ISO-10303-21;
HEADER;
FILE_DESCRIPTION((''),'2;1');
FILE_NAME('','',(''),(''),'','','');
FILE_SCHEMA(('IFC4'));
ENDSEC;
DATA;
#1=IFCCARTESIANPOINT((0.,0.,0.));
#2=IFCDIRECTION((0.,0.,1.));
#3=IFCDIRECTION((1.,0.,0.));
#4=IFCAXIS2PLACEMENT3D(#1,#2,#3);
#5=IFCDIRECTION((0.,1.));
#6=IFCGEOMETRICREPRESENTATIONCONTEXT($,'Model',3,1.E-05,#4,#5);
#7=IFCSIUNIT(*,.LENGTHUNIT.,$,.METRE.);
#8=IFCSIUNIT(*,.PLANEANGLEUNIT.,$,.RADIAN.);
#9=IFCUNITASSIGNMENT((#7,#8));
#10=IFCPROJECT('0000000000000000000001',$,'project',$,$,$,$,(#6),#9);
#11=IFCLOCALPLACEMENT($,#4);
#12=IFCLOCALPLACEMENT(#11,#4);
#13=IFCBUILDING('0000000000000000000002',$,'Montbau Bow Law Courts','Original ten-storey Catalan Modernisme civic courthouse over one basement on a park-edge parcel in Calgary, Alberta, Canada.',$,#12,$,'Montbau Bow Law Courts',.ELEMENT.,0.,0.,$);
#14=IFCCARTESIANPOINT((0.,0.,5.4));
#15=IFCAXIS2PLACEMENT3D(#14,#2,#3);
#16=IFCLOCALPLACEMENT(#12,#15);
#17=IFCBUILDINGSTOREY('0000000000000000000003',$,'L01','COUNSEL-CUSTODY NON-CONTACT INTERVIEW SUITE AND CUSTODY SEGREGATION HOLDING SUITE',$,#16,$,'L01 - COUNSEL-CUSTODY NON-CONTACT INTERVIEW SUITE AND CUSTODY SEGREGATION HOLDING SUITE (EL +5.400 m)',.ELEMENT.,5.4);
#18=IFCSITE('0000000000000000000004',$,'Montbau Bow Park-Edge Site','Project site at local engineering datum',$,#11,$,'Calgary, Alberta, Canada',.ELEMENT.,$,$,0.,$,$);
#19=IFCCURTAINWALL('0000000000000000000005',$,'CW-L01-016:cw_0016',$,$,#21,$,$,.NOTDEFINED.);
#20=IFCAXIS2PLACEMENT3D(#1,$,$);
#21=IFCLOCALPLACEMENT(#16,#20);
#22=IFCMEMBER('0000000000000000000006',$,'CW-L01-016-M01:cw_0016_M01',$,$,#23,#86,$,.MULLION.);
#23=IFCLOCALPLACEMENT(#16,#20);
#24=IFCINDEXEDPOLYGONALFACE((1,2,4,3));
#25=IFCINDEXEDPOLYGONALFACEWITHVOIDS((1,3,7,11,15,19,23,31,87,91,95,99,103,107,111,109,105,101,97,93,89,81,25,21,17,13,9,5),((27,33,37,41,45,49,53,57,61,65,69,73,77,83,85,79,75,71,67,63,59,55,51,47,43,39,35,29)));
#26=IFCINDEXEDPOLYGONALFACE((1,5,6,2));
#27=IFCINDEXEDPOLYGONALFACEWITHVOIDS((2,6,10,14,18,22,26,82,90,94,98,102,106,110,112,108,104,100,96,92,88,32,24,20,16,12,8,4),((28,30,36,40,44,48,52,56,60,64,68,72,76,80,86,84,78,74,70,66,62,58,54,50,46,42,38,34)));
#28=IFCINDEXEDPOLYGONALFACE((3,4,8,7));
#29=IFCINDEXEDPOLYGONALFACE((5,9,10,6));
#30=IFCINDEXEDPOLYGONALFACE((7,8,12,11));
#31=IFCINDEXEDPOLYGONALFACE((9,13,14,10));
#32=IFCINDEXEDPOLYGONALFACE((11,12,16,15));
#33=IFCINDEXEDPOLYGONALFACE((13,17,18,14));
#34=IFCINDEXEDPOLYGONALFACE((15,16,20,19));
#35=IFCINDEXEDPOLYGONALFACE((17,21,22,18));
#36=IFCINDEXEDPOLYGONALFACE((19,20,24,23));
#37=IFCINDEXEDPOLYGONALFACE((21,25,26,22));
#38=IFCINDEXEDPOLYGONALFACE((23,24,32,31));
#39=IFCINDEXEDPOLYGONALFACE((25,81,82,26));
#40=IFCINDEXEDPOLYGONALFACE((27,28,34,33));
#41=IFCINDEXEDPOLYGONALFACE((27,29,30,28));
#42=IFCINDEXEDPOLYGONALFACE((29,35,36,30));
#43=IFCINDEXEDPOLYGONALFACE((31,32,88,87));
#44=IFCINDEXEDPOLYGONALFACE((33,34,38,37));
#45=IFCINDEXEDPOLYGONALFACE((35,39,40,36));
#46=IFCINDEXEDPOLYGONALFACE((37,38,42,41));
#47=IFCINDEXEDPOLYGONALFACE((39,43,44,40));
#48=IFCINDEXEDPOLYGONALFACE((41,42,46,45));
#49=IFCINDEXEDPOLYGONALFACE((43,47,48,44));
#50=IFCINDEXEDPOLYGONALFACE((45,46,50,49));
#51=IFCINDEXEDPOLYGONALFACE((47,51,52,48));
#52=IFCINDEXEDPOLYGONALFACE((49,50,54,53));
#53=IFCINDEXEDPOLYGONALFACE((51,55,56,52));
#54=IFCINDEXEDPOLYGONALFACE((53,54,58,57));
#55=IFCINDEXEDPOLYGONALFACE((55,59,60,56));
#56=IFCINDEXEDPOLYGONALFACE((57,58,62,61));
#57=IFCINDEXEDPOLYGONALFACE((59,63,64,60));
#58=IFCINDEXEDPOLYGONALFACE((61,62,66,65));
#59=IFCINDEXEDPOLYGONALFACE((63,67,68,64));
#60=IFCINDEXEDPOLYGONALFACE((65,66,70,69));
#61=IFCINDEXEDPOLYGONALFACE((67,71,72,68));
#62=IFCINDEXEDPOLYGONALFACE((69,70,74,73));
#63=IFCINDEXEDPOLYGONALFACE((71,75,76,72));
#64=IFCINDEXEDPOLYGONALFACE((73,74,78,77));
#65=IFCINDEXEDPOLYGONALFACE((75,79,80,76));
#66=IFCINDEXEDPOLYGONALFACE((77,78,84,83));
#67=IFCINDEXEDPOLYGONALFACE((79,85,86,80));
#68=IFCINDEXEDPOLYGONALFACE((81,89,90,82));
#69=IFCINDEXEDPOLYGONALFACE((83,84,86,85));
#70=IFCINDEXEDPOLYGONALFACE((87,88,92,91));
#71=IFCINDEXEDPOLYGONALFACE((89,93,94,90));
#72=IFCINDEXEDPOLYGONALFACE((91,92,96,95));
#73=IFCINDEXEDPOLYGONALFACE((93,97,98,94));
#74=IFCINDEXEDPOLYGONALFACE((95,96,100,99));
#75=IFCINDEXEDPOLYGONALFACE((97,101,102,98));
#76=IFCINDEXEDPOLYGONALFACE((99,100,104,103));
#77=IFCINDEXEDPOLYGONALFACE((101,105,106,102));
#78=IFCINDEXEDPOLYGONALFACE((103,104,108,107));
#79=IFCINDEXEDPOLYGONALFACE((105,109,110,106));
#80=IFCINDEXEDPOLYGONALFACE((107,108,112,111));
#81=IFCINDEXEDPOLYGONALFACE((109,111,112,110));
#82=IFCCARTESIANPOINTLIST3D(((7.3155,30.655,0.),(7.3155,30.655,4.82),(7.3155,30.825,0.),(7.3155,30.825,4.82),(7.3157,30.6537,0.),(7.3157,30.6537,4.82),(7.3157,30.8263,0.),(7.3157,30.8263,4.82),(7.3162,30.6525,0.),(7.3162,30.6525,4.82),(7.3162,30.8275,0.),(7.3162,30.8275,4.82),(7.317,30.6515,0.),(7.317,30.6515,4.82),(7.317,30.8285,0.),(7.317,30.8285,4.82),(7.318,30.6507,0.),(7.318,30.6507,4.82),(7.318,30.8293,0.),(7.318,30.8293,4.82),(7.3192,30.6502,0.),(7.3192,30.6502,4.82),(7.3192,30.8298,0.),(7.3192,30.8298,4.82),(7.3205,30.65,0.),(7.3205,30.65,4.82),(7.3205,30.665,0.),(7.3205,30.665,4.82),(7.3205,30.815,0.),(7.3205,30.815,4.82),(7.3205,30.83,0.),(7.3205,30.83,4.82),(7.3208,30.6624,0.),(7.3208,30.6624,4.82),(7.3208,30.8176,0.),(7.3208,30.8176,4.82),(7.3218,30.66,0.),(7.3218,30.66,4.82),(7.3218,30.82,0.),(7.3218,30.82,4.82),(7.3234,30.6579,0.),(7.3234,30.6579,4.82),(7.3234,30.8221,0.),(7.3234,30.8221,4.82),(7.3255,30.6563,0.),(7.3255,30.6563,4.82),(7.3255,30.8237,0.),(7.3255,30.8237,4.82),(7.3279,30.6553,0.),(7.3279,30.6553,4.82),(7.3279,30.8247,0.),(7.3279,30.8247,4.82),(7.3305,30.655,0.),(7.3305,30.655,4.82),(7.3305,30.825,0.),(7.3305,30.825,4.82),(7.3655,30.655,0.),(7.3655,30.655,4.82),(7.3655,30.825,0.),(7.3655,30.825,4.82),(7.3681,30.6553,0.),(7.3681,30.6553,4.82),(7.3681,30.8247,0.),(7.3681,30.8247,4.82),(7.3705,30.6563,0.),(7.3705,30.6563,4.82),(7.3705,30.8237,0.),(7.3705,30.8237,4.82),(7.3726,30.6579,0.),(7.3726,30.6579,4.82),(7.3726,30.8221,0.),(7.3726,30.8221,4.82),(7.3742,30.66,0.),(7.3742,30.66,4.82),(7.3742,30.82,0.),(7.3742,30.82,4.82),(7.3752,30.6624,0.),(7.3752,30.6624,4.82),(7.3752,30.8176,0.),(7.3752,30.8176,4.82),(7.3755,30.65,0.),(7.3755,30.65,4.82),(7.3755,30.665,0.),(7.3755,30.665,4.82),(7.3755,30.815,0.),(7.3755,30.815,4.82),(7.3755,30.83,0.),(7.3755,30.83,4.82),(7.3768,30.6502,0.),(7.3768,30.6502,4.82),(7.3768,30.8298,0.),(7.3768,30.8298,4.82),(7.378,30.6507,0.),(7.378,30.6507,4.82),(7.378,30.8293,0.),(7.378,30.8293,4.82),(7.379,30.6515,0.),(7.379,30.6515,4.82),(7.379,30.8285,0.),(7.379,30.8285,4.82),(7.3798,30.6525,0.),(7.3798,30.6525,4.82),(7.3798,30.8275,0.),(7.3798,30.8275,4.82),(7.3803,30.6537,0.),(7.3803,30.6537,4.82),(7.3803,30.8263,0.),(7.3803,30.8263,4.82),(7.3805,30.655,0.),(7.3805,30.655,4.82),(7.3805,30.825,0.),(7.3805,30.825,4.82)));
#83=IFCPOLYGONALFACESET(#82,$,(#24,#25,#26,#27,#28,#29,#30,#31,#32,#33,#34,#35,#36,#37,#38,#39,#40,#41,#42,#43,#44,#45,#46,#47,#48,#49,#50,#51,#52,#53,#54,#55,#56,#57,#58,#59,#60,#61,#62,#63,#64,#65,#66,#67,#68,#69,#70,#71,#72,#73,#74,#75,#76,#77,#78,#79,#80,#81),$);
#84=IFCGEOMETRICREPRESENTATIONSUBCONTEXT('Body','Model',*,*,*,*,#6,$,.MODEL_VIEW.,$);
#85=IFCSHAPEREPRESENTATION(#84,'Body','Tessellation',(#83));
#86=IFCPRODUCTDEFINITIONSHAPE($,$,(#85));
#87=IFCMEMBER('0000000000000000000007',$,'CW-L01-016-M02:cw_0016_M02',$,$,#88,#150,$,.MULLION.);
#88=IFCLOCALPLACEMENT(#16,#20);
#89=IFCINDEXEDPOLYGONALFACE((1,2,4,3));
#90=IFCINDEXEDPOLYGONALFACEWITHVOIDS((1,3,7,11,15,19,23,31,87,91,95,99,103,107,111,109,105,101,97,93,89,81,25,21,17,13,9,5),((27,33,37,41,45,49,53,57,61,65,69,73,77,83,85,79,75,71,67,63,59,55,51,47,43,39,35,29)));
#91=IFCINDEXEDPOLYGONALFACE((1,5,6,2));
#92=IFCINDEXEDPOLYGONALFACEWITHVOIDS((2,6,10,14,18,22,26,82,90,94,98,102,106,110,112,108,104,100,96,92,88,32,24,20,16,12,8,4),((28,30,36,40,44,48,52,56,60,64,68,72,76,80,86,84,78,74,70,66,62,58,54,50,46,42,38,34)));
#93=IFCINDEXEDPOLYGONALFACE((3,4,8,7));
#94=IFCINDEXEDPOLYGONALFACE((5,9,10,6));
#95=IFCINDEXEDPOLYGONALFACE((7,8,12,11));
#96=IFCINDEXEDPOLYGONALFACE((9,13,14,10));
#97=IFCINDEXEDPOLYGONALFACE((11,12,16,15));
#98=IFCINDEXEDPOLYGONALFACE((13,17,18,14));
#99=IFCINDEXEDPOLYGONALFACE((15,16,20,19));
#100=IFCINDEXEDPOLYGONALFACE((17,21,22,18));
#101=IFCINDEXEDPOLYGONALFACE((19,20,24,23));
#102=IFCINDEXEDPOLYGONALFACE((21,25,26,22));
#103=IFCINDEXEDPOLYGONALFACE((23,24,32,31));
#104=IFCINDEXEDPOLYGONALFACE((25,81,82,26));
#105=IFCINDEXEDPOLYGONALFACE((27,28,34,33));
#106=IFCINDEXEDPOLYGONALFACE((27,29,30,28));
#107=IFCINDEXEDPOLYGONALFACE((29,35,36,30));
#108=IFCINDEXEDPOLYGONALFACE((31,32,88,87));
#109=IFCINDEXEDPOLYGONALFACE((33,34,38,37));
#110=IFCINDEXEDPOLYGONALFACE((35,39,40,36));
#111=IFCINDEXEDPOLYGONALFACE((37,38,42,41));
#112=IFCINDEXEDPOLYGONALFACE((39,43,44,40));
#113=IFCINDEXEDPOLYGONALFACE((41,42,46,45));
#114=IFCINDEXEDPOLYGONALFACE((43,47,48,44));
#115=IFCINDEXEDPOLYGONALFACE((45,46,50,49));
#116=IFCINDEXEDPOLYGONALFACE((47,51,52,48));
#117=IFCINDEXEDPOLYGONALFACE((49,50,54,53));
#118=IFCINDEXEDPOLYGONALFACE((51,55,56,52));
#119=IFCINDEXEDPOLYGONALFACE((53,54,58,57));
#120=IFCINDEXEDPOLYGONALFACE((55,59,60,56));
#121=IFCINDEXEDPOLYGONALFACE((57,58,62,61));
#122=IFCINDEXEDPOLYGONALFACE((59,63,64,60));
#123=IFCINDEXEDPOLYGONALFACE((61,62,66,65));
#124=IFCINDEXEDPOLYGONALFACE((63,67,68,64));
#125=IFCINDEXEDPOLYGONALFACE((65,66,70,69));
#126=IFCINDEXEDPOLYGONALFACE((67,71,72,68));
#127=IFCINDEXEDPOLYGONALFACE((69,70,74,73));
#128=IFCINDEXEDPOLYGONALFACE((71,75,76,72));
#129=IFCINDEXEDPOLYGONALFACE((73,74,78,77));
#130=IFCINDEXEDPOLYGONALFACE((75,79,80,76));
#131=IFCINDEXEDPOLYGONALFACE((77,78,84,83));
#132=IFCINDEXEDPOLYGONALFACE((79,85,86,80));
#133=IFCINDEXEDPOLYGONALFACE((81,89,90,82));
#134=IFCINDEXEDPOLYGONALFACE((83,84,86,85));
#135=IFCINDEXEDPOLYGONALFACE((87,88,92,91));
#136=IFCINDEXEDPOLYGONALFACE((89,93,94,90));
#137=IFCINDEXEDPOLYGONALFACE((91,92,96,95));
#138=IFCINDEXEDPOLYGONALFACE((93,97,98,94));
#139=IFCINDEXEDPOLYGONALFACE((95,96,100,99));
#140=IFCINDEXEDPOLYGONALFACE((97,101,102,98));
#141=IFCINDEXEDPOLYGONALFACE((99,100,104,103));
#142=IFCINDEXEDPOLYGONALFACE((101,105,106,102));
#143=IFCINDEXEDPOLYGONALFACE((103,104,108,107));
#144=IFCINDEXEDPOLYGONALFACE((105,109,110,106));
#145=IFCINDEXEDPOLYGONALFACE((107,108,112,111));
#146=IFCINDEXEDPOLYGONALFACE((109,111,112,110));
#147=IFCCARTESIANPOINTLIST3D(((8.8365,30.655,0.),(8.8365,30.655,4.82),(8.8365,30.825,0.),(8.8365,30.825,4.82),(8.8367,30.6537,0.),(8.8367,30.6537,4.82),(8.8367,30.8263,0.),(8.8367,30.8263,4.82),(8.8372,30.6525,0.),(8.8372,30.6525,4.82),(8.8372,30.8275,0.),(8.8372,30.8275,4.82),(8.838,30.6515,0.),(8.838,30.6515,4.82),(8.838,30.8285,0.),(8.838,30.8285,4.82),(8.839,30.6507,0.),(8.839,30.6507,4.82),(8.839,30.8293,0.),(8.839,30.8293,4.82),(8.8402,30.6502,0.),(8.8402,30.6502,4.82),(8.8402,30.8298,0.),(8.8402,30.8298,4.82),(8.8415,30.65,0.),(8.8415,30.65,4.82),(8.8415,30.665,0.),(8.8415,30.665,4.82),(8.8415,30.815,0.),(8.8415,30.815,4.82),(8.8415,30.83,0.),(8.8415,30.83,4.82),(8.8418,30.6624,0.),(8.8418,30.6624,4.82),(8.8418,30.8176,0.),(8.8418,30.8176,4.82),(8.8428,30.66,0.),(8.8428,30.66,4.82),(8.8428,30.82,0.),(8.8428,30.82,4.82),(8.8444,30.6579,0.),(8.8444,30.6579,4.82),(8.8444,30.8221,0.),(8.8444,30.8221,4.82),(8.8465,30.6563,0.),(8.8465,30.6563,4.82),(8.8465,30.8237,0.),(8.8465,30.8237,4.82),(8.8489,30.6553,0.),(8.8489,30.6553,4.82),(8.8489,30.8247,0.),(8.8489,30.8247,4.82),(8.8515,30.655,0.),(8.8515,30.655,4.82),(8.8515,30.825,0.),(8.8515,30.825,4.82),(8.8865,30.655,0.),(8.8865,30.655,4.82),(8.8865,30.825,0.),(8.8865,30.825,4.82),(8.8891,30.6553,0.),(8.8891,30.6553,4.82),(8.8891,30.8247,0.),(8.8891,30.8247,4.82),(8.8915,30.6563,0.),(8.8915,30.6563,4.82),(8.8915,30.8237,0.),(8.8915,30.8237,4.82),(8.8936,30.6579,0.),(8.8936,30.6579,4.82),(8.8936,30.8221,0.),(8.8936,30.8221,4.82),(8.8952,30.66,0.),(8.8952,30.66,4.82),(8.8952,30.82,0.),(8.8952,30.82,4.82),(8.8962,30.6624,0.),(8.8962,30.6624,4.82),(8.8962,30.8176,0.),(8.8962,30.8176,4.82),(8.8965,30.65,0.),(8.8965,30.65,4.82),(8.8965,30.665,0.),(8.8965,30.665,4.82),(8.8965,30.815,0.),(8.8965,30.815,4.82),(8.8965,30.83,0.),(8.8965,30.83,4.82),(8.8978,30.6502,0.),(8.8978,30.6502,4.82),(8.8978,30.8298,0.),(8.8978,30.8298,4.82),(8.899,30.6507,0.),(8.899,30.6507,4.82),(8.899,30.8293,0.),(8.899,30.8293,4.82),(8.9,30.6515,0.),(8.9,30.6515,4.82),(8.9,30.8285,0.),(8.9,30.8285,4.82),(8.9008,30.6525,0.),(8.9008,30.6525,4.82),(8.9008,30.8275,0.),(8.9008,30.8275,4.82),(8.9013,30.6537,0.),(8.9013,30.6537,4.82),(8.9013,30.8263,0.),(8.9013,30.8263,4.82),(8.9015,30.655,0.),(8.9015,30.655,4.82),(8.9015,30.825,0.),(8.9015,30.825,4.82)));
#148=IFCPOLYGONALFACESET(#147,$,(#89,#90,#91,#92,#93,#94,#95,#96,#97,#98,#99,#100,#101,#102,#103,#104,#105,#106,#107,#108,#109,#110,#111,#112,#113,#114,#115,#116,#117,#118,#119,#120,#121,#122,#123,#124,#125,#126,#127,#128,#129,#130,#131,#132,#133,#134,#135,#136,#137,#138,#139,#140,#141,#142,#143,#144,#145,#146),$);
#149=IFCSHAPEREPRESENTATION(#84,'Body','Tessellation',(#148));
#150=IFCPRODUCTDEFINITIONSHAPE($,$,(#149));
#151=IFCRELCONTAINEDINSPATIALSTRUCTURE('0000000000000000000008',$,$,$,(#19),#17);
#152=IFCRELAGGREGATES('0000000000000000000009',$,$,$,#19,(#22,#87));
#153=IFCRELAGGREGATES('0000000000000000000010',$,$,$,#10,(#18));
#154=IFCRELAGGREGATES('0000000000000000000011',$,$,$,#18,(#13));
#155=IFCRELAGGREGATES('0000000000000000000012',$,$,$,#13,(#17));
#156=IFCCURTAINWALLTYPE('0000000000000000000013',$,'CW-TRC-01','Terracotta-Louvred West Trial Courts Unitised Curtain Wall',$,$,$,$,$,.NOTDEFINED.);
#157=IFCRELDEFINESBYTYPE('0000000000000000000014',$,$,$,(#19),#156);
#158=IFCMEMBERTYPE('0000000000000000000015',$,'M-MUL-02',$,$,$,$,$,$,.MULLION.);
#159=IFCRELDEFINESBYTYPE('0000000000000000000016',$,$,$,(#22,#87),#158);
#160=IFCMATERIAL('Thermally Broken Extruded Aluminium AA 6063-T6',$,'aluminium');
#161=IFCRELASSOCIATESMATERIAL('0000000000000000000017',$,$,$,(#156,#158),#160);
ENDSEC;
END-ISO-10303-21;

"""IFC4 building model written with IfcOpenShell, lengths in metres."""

from ifc_helpers import new_model, si_unit, direction, frame, origin_with_axes, origin_2d_with_axis, place, context, subcontext, project, spatial, hollow_rectangle, extrude, material, material_profile, profile_set, type_object, element, aggregate, save


model = new_model("IFC4")

# Units and contexts
model_context = context("Model", 3, precision=1e-05, world=origin_with_axes(), true_north=direction((0.0, 1.0)))
body_context = subcontext(model_context, "Body", "Model", "MODEL_VIEW")
ifc_project = project(units=[si_unit("LENGTHUNIT", "METRE"), si_unit("PLANEANGLEUNIT", "RADIAN")], contexts=[model_context])

# Site, building, storey
site_placement = place(None, origin_with_axes())
site = spatial("IfcSite", under=ifc_project, at=site_placement, Name="Montbau Bow Park-Edge Site", Description="Project site at local engineering datum", LongName="Calgary, Alberta, Canada", CompositionType="ELEMENT", RefElevation=0.0)
building_placement = place(site_placement, origin_with_axes())
building = spatial("IfcBuilding", under=site, at=building_placement, Name="Montbau Bow Law Courts", Description="Original ten-storey Catalan Modernisme civic courthouse over one basement on a park-edge parcel in Calgary, Alberta, Canada.", LongName="Montbau Bow Law Courts", CompositionType="ELEMENT", ElevationOfRefHeight=0.0, ElevationOfTerrain=0.0)
storey_placement = place(building_placement, frame((0.0, 0.0, 5.4), z_axis=(0.0, 0.0, 1.0), x_axis=(1.0, 0.0, 0.0)))
storey = spatial("IfcBuildingStorey", under=building, at=storey_placement, Name="L01", Description="COUNSEL-CUSTODY NON-CONTACT INTERVIEW SUITE AND CUSTODY SEGREGATION HOLDING SUITE", LongName="L01 - COUNSEL-CUSTODY NON-CONTACT INTERVIEW SUITE AND CUSTODY SEGREGATION HOLDING SUITE (EL +5.400 m)", CompositionType="ELEMENT", Elevation=5.4)

# Curtain wall, members
ifc_material_1 = material(Name="Thermally Broken Extruded Aluminium AA 6063-T6", Category="aluminium")
curtain_wall_type = type_object("IfcCurtainWallType", Name="CW-TRC-01", Description="Terracotta-Louvred West Trial Courts Unitised Curtain Wall", PredefinedType="NOTDEFINED", material=ifc_material_1)
curtain_wall_1_placement = place(None, frame((7.315, 30.74, 5.4), z_axis=(0.0, 0.0, 1.0), x_axis=(1.0, 0.0, 0.0)))
curtain_wall_1 = element("IfcCurtainWall", 1, at=curtain_wall_1_placement, inside=storey, type_object=curtain_wall_type, Name="CW-L01-016:cw_0016", PredefinedType="NOTDEFINED")
ifc_material_profile_1 = material_profile(ifc_material_1, hollow_rectangle(XDim=0.065, YDim=0.18, WallThickness=0.005, InnerFilletRadius=0.01, OuterFilletRadius=0.005, at=origin_2d_with_axis()), Name="CWM-180X65", Category="Main", Priority=0)
ifc_profile_set_1 = profile_set([ifc_material_profile_1], Name="Thermally Broken Extruded Aluminium AA 6063-T6")
member_type_1 = type_object("IfcMemberType", Name="M-MUL-02", PredefinedType="MULLION", material=ifc_profile_set_1)
member_1_placement = place(None, frame((7.348, 30.74, 5.4), z_axis=(0.0, 0.0, 1.0), x_axis=(1.0, 0.0, 0.0)))
member_1 = element("IfcMember", 2, at=member_1_placement, type_object=member_type_1, Name="CW-L01-016-M01:cw_0016_M01", PredefinedType="MULLION", context=body_context, shape_type="SweptSolid", body=[
    extrude(hollow_rectangle(XDim=0.065, YDim=0.18, WallThickness=0.005, InnerFilletRadius=0.01, OuterFilletRadius=0.005, at=origin_2d_with_axis()), origin_with_axes(), (0.0, 0.0, 1.0), 4.82),
])
member_2_placement = place(None, frame((8.869, 30.74, 5.4), z_axis=(0.0, 0.0, 1.0), x_axis=(1.0, 0.0, 0.0)))
member_2 = element("IfcMember", 3, at=member_2_placement, type_object=member_type_1, Name="CW-L01-016-M02:cw_0016_M02", PredefinedType="MULLION", context=body_context, shape_type="SweptSolid", body=[
    extrude(hollow_rectangle(XDim=0.065, YDim=0.18, WallThickness=0.005, InnerFilletRadius=0.01, OuterFilletRadius=0.005, at=origin_2d_with_axis()), origin_with_axes(), (0.0, 0.0, 1.0), 4.82),
])

aggregate(curtain_wall_1, [member_1, member_2])

save(model, "model.ifc")
